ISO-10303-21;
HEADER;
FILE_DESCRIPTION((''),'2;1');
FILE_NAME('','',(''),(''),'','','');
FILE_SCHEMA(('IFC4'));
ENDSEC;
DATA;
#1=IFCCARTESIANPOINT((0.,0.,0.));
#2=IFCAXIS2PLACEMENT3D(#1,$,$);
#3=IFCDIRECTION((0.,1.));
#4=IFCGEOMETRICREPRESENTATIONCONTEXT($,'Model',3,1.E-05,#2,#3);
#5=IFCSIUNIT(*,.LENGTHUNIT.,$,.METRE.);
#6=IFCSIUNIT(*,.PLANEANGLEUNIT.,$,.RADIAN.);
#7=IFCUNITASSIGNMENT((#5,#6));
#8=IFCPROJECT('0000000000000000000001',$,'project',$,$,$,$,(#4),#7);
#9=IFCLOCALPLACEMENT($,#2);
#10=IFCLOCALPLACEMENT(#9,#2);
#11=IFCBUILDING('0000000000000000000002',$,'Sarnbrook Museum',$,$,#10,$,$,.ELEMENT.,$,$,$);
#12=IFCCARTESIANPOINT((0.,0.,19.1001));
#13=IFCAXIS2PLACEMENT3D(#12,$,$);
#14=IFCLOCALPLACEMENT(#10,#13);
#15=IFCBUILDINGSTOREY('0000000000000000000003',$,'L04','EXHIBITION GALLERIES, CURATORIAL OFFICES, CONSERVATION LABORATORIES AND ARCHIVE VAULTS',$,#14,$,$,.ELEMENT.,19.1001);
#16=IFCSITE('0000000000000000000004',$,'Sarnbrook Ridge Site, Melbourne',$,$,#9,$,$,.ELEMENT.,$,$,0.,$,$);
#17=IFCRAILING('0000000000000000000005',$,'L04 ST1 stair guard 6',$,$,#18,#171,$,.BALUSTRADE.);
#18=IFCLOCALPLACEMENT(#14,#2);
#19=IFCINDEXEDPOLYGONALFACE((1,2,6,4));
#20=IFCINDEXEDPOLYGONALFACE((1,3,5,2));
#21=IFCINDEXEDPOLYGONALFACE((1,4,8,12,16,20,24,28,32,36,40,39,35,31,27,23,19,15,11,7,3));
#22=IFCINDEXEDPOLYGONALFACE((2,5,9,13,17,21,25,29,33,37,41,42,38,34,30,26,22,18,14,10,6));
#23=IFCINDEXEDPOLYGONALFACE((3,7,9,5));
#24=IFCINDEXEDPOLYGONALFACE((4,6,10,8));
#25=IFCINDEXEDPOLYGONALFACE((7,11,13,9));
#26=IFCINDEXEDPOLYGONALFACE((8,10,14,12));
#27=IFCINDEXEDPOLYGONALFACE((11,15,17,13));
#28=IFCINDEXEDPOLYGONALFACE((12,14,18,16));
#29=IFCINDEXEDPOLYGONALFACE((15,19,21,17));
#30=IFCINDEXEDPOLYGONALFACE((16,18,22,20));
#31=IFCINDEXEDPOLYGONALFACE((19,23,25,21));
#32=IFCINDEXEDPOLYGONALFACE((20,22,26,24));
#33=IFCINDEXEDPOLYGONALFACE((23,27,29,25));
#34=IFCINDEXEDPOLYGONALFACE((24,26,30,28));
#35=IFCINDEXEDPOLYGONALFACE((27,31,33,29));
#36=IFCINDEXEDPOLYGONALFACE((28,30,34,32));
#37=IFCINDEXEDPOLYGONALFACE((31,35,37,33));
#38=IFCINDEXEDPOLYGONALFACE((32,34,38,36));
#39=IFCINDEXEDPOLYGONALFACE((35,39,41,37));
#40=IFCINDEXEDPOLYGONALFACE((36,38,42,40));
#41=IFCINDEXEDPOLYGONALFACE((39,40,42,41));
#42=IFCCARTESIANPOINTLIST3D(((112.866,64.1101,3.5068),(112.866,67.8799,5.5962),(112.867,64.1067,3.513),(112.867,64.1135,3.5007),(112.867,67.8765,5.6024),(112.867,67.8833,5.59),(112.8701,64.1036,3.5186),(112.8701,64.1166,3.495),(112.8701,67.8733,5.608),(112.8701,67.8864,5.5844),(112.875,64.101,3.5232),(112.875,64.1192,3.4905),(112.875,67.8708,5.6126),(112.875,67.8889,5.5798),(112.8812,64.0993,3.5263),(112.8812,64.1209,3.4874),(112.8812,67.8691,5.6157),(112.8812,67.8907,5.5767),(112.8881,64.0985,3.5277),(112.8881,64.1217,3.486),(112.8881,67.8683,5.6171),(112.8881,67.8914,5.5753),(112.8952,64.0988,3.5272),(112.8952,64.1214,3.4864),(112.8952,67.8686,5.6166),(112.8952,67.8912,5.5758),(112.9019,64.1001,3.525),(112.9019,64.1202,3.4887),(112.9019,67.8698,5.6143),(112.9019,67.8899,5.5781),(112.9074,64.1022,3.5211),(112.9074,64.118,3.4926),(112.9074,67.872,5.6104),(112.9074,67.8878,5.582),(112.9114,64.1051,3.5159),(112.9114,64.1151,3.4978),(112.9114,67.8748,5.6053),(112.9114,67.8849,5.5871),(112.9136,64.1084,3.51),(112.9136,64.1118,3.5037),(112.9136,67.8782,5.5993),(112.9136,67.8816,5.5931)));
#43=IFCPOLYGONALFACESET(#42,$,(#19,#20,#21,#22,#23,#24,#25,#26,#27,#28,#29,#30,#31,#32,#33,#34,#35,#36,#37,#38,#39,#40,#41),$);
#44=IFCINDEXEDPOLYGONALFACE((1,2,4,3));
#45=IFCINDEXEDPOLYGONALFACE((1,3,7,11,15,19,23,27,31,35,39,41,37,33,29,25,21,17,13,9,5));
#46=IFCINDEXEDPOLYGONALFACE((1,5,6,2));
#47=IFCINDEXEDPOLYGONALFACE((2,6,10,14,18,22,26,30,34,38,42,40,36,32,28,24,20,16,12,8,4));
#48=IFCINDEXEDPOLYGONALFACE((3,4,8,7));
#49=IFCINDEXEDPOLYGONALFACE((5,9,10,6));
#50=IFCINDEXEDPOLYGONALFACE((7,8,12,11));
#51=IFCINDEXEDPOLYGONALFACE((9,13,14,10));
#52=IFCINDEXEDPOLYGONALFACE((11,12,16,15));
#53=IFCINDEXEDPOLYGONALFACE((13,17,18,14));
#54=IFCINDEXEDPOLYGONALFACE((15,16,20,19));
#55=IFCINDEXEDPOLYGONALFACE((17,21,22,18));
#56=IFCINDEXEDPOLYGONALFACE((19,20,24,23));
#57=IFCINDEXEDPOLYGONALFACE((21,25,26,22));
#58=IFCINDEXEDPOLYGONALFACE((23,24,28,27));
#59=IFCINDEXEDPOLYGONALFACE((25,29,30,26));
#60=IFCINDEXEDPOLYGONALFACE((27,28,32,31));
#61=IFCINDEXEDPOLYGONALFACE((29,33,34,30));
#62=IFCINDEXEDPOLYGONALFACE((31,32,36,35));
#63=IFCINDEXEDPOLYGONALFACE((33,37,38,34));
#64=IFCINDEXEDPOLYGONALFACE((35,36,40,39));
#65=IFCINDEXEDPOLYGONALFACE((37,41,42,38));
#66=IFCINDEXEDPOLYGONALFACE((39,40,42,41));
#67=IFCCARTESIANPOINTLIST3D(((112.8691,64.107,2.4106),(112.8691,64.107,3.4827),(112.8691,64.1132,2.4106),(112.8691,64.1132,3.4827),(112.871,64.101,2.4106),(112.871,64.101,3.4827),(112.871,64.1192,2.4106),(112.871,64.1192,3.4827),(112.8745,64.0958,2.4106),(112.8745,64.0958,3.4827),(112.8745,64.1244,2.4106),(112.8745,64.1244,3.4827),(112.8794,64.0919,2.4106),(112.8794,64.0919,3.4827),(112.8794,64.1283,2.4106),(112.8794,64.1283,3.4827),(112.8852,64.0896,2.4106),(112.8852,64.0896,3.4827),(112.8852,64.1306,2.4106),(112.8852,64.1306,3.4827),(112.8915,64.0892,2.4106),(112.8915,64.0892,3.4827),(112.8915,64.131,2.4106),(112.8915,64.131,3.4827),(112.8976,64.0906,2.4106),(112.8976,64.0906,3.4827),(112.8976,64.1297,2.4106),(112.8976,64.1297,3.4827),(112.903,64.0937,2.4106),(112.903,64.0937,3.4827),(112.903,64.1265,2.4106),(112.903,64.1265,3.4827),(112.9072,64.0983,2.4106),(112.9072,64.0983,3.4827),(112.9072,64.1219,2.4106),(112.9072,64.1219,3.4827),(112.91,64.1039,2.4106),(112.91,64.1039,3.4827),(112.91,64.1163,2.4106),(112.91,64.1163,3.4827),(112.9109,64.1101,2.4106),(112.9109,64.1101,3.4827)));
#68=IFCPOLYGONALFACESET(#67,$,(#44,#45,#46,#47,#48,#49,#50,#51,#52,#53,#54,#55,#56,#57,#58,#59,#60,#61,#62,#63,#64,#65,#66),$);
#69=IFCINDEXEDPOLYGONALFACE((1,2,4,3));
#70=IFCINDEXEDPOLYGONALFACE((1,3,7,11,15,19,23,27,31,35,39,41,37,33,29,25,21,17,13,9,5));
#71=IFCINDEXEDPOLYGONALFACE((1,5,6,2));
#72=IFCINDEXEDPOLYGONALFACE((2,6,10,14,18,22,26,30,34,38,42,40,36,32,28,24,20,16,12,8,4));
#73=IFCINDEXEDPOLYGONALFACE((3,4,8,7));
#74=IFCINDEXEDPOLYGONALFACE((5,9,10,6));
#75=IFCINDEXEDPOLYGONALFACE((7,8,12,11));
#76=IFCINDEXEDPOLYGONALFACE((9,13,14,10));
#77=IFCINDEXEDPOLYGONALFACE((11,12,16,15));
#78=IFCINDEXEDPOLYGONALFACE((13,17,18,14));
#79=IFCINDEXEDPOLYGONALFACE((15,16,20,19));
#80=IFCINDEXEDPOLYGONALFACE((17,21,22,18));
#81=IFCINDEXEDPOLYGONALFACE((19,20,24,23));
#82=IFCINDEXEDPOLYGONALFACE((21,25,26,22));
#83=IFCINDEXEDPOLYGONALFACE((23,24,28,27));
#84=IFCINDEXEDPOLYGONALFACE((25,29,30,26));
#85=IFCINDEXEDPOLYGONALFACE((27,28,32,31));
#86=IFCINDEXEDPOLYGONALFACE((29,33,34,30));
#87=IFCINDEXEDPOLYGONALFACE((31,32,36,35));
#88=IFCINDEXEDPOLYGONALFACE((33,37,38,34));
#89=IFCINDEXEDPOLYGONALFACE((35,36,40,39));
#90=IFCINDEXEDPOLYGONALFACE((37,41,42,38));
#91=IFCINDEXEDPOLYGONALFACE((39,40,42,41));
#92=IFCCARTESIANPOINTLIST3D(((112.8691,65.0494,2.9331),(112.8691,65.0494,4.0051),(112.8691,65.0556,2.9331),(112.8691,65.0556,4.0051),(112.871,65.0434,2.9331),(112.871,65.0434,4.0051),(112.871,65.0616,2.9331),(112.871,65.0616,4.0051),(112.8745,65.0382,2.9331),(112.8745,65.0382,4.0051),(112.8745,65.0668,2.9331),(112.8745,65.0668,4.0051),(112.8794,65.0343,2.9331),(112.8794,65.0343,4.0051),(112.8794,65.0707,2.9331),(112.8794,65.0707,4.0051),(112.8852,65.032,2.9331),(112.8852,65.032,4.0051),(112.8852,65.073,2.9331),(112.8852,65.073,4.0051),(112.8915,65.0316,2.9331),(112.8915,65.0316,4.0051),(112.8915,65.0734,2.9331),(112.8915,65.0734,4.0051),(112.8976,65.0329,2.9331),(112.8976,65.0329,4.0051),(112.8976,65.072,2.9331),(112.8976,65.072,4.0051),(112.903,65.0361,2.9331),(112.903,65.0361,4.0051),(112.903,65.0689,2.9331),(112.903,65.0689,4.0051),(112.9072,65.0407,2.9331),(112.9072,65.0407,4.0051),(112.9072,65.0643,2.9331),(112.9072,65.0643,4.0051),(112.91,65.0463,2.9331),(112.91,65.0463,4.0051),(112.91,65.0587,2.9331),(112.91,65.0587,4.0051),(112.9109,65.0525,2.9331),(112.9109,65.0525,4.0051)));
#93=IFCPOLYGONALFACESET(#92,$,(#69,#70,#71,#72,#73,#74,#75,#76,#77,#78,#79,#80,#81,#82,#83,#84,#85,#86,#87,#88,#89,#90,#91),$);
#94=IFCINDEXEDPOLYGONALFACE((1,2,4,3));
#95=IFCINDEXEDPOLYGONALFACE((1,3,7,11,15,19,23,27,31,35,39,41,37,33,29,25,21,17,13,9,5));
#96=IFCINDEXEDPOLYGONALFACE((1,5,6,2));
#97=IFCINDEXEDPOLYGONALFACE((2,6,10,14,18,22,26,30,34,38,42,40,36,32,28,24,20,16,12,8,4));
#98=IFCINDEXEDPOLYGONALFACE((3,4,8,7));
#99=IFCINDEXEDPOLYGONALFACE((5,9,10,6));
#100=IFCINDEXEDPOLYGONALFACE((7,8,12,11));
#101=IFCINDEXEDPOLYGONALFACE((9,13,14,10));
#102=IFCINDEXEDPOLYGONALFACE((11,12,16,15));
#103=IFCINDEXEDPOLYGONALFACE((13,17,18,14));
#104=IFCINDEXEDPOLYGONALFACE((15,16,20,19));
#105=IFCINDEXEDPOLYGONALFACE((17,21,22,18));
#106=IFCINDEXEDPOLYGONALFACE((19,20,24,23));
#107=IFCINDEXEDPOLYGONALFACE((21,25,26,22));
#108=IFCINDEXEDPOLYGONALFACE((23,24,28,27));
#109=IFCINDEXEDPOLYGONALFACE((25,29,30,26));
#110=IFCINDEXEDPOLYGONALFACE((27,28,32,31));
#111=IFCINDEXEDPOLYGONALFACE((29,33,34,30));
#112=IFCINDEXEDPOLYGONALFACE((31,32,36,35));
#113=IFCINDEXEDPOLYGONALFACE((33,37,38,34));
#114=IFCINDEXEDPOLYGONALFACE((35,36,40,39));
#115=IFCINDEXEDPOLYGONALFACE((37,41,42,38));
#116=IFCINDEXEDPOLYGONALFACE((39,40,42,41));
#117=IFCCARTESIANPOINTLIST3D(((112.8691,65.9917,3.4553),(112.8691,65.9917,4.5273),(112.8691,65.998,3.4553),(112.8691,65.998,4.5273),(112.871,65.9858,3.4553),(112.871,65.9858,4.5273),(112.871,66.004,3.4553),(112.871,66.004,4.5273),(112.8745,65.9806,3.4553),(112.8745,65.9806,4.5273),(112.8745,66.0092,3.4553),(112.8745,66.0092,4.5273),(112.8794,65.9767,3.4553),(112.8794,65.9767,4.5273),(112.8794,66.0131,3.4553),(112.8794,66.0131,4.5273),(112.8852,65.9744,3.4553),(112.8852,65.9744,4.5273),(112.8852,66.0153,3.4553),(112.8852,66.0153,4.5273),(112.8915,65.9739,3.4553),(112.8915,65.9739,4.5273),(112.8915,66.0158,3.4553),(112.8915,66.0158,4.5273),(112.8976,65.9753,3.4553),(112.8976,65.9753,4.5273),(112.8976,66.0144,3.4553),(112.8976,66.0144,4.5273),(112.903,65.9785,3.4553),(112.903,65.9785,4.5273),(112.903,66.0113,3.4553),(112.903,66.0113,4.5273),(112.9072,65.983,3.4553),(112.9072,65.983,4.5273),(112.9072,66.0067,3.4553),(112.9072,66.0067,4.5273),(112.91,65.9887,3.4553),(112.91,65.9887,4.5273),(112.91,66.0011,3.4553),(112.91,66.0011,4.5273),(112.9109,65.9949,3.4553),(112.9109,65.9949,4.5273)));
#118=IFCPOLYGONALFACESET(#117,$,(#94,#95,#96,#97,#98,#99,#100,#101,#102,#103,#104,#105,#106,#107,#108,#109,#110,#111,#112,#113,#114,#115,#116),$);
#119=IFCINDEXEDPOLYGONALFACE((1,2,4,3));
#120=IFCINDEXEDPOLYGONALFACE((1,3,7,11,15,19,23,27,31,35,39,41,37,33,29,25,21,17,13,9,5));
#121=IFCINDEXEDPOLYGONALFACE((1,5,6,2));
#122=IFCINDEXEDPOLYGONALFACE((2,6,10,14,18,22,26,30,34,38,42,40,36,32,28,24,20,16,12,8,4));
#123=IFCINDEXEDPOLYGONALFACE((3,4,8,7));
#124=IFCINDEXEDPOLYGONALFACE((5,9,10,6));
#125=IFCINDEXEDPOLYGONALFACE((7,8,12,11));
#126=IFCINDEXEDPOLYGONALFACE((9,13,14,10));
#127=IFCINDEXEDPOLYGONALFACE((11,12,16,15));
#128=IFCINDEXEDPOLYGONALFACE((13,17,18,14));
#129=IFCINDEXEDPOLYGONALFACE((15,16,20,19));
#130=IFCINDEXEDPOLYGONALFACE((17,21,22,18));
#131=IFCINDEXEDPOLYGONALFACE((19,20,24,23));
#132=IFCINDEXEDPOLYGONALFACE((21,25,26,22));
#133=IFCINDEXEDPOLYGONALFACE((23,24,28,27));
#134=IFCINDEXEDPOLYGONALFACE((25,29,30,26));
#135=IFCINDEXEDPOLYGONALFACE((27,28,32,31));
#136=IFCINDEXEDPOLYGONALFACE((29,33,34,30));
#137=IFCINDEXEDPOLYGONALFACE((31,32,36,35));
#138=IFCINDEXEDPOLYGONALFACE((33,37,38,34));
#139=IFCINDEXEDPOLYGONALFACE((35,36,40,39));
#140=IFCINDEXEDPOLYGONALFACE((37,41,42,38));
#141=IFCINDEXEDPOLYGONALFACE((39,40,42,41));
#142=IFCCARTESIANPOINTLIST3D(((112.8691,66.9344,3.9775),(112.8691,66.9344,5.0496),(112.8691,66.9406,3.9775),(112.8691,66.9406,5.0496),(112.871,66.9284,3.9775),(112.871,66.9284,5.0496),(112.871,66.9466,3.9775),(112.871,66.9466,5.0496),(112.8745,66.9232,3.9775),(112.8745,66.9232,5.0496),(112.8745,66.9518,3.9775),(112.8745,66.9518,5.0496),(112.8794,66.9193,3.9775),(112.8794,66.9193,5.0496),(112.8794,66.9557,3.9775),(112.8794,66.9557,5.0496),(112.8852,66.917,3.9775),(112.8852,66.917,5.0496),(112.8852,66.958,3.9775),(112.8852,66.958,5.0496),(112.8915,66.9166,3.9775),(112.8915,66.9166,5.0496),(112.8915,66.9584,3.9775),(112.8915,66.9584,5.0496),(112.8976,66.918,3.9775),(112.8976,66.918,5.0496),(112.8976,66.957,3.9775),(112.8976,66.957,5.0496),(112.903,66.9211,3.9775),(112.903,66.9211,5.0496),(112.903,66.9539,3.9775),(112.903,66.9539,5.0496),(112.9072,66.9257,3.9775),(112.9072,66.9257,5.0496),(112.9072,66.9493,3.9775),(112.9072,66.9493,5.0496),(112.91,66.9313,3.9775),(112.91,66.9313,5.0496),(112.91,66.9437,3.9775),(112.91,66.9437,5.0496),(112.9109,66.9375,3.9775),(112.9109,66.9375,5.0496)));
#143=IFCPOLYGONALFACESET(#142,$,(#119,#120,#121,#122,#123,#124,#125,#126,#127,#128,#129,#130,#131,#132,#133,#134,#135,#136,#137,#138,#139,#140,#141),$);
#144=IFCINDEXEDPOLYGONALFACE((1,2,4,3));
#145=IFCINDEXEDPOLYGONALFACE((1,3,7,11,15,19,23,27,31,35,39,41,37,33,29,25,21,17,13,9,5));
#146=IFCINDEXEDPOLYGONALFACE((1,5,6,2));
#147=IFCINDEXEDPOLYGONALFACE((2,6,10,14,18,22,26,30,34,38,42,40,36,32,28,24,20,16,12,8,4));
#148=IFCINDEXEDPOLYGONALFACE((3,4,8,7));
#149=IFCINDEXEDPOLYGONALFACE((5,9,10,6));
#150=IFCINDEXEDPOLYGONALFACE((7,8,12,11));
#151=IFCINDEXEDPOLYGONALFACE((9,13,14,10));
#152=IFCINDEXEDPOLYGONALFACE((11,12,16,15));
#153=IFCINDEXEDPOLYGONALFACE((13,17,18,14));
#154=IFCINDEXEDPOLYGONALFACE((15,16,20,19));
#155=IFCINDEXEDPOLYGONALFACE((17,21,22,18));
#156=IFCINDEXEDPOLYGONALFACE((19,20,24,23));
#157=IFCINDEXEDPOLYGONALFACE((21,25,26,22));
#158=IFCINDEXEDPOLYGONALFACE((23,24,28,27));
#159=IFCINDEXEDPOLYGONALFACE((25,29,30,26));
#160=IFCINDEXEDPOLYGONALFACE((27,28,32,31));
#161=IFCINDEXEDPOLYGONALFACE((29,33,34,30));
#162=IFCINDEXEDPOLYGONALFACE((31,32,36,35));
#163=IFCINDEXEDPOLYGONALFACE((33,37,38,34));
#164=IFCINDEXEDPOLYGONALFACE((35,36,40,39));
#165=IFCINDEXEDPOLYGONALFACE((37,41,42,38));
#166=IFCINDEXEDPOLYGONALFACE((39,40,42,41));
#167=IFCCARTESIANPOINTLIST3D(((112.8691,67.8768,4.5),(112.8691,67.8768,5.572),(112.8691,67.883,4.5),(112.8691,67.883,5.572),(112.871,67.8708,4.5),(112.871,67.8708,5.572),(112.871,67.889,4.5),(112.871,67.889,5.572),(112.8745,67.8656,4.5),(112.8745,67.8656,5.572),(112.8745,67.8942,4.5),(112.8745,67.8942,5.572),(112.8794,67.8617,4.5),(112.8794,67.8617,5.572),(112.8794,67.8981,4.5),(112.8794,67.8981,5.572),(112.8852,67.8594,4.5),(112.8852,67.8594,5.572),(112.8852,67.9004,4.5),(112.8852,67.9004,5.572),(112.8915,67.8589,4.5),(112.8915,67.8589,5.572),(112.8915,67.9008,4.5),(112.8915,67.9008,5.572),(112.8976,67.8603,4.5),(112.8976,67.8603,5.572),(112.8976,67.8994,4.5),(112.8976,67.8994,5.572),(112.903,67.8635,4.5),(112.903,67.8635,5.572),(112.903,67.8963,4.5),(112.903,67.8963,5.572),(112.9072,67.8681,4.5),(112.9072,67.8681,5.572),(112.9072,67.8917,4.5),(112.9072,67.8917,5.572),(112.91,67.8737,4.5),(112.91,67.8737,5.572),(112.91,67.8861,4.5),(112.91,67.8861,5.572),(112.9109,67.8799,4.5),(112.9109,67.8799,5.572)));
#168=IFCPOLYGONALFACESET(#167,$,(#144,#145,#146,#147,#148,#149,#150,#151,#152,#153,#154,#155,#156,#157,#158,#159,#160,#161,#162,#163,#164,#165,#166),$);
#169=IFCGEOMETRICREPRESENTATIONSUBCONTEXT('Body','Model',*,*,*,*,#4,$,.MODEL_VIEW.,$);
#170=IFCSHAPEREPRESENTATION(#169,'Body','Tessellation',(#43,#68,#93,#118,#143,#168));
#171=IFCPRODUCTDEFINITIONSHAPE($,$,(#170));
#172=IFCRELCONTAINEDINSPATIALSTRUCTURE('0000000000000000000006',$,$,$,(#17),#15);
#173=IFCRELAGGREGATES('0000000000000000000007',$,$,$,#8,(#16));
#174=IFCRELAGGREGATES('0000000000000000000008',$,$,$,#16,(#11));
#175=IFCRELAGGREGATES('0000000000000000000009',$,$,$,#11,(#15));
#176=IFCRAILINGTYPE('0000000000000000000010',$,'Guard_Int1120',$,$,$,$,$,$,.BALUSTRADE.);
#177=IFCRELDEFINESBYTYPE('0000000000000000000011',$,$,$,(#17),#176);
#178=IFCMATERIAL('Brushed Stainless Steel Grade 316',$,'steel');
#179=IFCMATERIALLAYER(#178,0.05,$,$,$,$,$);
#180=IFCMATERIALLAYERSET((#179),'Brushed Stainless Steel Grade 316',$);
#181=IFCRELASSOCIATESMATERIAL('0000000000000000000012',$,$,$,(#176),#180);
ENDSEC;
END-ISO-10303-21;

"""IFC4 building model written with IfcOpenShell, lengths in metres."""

from ifc_helpers import new_model, si_unit, direction, frame, origin, origin_2d, place, context, subcontext, project, spatial, circle, extrude, material, layer, layer_set, type_object, element, save


model = new_model("IFC4")

# Units and contexts
model_context = context("Model", 3, precision=1e-05, world=origin(), true_north=direction((0.0, 1.0)))
body_context = subcontext(model_context, "Body", "Model", "MODEL_VIEW")
ifc_project = project(units=[si_unit("LENGTHUNIT", "METRE"), si_unit("PLANEANGLEUNIT", "RADIAN")], contexts=[model_context])

# Site, building, storey
site_placement = place(None, origin())
site = spatial("IfcSite", under=ifc_project, at=site_placement, Name="Sarnbrook Ridge Site, Melbourne", CompositionType="ELEMENT", RefElevation=0.0)
building_placement = place(site_placement, origin())
building = spatial("IfcBuilding", under=site, at=building_placement, Name="Sarnbrook Museum", CompositionType="ELEMENT")
storey_placement = place(building_placement, frame((0.0, 0.0, 19.1001)))
storey = spatial("IfcBuildingStorey", under=building, at=storey_placement, Name="L04", Description="EXHIBITION GALLERIES, CURATORIAL OFFICES, CONSERVATION LABORATORIES AND ARCHIVE VAULTS", CompositionType="ELEMENT", Elevation=19.1001)

# Shared definitions
ifc_material_1 = material(Name="Brushed Stainless Steel Grade 316", Category="steel")

# Railing
ifc_layer_1 = layer(ifc_material_1, 0.05)
ifc_layer_set_1 = layer_set([ifc_layer_1], Name="Brushed Stainless Steel Grade 316")
railing_type_1 = type_object("IfcRailingType", Name="Guard_Int1120", PredefinedType="BALUSTRADE", material=ifc_layer_set_1)
railing_1_placement = place(storey_placement, frame((112.8899, 64.1101, 2.4106)))
element("IfcRailing", 1, at=railing_1_placement, inside=storey, type_object=railing_type_1, Name="L04 ST1 stair guard 6", PredefinedType="BALUSTRADE", context=body_context, shape_type="SweptSolid", body=[
    extrude(circle(Radius=0.0239, at=origin_2d()), frame((0.0, 0.0, 1.0962), z_axis=(0.0, 0.874646, 0.484763), x_axis=(-1.0, 0.0, 0.0)), (0.0, 0.0, 1.0), 4.3101),
    extrude(circle(Radius=0.021, at=origin_2d()), origin(), (0.0, 0.0, 1.0), 1.072),
    extrude(circle(Radius=0.021, at=origin_2d()), frame((0.0, 0.9424, 0.5225)), (0.0, 0.0, 1.0), 1.072),
    extrude(circle(Radius=0.021, at=origin_2d()), frame((0.0, 1.8848, 1.0447)), (0.0, 0.0, 1.0), 1.072),
    extrude(circle(Radius=0.021, at=origin_2d()), frame((0.0, 2.8274, 1.5669)), (0.0, 0.0, 1.0), 1.072),
    extrude(circle(Radius=0.021, at=origin_2d()), frame((0.0, 3.7698, 2.0894)), (0.0, 0.0, 1.0), 1.072),
])

save(model, "model.ifc")
